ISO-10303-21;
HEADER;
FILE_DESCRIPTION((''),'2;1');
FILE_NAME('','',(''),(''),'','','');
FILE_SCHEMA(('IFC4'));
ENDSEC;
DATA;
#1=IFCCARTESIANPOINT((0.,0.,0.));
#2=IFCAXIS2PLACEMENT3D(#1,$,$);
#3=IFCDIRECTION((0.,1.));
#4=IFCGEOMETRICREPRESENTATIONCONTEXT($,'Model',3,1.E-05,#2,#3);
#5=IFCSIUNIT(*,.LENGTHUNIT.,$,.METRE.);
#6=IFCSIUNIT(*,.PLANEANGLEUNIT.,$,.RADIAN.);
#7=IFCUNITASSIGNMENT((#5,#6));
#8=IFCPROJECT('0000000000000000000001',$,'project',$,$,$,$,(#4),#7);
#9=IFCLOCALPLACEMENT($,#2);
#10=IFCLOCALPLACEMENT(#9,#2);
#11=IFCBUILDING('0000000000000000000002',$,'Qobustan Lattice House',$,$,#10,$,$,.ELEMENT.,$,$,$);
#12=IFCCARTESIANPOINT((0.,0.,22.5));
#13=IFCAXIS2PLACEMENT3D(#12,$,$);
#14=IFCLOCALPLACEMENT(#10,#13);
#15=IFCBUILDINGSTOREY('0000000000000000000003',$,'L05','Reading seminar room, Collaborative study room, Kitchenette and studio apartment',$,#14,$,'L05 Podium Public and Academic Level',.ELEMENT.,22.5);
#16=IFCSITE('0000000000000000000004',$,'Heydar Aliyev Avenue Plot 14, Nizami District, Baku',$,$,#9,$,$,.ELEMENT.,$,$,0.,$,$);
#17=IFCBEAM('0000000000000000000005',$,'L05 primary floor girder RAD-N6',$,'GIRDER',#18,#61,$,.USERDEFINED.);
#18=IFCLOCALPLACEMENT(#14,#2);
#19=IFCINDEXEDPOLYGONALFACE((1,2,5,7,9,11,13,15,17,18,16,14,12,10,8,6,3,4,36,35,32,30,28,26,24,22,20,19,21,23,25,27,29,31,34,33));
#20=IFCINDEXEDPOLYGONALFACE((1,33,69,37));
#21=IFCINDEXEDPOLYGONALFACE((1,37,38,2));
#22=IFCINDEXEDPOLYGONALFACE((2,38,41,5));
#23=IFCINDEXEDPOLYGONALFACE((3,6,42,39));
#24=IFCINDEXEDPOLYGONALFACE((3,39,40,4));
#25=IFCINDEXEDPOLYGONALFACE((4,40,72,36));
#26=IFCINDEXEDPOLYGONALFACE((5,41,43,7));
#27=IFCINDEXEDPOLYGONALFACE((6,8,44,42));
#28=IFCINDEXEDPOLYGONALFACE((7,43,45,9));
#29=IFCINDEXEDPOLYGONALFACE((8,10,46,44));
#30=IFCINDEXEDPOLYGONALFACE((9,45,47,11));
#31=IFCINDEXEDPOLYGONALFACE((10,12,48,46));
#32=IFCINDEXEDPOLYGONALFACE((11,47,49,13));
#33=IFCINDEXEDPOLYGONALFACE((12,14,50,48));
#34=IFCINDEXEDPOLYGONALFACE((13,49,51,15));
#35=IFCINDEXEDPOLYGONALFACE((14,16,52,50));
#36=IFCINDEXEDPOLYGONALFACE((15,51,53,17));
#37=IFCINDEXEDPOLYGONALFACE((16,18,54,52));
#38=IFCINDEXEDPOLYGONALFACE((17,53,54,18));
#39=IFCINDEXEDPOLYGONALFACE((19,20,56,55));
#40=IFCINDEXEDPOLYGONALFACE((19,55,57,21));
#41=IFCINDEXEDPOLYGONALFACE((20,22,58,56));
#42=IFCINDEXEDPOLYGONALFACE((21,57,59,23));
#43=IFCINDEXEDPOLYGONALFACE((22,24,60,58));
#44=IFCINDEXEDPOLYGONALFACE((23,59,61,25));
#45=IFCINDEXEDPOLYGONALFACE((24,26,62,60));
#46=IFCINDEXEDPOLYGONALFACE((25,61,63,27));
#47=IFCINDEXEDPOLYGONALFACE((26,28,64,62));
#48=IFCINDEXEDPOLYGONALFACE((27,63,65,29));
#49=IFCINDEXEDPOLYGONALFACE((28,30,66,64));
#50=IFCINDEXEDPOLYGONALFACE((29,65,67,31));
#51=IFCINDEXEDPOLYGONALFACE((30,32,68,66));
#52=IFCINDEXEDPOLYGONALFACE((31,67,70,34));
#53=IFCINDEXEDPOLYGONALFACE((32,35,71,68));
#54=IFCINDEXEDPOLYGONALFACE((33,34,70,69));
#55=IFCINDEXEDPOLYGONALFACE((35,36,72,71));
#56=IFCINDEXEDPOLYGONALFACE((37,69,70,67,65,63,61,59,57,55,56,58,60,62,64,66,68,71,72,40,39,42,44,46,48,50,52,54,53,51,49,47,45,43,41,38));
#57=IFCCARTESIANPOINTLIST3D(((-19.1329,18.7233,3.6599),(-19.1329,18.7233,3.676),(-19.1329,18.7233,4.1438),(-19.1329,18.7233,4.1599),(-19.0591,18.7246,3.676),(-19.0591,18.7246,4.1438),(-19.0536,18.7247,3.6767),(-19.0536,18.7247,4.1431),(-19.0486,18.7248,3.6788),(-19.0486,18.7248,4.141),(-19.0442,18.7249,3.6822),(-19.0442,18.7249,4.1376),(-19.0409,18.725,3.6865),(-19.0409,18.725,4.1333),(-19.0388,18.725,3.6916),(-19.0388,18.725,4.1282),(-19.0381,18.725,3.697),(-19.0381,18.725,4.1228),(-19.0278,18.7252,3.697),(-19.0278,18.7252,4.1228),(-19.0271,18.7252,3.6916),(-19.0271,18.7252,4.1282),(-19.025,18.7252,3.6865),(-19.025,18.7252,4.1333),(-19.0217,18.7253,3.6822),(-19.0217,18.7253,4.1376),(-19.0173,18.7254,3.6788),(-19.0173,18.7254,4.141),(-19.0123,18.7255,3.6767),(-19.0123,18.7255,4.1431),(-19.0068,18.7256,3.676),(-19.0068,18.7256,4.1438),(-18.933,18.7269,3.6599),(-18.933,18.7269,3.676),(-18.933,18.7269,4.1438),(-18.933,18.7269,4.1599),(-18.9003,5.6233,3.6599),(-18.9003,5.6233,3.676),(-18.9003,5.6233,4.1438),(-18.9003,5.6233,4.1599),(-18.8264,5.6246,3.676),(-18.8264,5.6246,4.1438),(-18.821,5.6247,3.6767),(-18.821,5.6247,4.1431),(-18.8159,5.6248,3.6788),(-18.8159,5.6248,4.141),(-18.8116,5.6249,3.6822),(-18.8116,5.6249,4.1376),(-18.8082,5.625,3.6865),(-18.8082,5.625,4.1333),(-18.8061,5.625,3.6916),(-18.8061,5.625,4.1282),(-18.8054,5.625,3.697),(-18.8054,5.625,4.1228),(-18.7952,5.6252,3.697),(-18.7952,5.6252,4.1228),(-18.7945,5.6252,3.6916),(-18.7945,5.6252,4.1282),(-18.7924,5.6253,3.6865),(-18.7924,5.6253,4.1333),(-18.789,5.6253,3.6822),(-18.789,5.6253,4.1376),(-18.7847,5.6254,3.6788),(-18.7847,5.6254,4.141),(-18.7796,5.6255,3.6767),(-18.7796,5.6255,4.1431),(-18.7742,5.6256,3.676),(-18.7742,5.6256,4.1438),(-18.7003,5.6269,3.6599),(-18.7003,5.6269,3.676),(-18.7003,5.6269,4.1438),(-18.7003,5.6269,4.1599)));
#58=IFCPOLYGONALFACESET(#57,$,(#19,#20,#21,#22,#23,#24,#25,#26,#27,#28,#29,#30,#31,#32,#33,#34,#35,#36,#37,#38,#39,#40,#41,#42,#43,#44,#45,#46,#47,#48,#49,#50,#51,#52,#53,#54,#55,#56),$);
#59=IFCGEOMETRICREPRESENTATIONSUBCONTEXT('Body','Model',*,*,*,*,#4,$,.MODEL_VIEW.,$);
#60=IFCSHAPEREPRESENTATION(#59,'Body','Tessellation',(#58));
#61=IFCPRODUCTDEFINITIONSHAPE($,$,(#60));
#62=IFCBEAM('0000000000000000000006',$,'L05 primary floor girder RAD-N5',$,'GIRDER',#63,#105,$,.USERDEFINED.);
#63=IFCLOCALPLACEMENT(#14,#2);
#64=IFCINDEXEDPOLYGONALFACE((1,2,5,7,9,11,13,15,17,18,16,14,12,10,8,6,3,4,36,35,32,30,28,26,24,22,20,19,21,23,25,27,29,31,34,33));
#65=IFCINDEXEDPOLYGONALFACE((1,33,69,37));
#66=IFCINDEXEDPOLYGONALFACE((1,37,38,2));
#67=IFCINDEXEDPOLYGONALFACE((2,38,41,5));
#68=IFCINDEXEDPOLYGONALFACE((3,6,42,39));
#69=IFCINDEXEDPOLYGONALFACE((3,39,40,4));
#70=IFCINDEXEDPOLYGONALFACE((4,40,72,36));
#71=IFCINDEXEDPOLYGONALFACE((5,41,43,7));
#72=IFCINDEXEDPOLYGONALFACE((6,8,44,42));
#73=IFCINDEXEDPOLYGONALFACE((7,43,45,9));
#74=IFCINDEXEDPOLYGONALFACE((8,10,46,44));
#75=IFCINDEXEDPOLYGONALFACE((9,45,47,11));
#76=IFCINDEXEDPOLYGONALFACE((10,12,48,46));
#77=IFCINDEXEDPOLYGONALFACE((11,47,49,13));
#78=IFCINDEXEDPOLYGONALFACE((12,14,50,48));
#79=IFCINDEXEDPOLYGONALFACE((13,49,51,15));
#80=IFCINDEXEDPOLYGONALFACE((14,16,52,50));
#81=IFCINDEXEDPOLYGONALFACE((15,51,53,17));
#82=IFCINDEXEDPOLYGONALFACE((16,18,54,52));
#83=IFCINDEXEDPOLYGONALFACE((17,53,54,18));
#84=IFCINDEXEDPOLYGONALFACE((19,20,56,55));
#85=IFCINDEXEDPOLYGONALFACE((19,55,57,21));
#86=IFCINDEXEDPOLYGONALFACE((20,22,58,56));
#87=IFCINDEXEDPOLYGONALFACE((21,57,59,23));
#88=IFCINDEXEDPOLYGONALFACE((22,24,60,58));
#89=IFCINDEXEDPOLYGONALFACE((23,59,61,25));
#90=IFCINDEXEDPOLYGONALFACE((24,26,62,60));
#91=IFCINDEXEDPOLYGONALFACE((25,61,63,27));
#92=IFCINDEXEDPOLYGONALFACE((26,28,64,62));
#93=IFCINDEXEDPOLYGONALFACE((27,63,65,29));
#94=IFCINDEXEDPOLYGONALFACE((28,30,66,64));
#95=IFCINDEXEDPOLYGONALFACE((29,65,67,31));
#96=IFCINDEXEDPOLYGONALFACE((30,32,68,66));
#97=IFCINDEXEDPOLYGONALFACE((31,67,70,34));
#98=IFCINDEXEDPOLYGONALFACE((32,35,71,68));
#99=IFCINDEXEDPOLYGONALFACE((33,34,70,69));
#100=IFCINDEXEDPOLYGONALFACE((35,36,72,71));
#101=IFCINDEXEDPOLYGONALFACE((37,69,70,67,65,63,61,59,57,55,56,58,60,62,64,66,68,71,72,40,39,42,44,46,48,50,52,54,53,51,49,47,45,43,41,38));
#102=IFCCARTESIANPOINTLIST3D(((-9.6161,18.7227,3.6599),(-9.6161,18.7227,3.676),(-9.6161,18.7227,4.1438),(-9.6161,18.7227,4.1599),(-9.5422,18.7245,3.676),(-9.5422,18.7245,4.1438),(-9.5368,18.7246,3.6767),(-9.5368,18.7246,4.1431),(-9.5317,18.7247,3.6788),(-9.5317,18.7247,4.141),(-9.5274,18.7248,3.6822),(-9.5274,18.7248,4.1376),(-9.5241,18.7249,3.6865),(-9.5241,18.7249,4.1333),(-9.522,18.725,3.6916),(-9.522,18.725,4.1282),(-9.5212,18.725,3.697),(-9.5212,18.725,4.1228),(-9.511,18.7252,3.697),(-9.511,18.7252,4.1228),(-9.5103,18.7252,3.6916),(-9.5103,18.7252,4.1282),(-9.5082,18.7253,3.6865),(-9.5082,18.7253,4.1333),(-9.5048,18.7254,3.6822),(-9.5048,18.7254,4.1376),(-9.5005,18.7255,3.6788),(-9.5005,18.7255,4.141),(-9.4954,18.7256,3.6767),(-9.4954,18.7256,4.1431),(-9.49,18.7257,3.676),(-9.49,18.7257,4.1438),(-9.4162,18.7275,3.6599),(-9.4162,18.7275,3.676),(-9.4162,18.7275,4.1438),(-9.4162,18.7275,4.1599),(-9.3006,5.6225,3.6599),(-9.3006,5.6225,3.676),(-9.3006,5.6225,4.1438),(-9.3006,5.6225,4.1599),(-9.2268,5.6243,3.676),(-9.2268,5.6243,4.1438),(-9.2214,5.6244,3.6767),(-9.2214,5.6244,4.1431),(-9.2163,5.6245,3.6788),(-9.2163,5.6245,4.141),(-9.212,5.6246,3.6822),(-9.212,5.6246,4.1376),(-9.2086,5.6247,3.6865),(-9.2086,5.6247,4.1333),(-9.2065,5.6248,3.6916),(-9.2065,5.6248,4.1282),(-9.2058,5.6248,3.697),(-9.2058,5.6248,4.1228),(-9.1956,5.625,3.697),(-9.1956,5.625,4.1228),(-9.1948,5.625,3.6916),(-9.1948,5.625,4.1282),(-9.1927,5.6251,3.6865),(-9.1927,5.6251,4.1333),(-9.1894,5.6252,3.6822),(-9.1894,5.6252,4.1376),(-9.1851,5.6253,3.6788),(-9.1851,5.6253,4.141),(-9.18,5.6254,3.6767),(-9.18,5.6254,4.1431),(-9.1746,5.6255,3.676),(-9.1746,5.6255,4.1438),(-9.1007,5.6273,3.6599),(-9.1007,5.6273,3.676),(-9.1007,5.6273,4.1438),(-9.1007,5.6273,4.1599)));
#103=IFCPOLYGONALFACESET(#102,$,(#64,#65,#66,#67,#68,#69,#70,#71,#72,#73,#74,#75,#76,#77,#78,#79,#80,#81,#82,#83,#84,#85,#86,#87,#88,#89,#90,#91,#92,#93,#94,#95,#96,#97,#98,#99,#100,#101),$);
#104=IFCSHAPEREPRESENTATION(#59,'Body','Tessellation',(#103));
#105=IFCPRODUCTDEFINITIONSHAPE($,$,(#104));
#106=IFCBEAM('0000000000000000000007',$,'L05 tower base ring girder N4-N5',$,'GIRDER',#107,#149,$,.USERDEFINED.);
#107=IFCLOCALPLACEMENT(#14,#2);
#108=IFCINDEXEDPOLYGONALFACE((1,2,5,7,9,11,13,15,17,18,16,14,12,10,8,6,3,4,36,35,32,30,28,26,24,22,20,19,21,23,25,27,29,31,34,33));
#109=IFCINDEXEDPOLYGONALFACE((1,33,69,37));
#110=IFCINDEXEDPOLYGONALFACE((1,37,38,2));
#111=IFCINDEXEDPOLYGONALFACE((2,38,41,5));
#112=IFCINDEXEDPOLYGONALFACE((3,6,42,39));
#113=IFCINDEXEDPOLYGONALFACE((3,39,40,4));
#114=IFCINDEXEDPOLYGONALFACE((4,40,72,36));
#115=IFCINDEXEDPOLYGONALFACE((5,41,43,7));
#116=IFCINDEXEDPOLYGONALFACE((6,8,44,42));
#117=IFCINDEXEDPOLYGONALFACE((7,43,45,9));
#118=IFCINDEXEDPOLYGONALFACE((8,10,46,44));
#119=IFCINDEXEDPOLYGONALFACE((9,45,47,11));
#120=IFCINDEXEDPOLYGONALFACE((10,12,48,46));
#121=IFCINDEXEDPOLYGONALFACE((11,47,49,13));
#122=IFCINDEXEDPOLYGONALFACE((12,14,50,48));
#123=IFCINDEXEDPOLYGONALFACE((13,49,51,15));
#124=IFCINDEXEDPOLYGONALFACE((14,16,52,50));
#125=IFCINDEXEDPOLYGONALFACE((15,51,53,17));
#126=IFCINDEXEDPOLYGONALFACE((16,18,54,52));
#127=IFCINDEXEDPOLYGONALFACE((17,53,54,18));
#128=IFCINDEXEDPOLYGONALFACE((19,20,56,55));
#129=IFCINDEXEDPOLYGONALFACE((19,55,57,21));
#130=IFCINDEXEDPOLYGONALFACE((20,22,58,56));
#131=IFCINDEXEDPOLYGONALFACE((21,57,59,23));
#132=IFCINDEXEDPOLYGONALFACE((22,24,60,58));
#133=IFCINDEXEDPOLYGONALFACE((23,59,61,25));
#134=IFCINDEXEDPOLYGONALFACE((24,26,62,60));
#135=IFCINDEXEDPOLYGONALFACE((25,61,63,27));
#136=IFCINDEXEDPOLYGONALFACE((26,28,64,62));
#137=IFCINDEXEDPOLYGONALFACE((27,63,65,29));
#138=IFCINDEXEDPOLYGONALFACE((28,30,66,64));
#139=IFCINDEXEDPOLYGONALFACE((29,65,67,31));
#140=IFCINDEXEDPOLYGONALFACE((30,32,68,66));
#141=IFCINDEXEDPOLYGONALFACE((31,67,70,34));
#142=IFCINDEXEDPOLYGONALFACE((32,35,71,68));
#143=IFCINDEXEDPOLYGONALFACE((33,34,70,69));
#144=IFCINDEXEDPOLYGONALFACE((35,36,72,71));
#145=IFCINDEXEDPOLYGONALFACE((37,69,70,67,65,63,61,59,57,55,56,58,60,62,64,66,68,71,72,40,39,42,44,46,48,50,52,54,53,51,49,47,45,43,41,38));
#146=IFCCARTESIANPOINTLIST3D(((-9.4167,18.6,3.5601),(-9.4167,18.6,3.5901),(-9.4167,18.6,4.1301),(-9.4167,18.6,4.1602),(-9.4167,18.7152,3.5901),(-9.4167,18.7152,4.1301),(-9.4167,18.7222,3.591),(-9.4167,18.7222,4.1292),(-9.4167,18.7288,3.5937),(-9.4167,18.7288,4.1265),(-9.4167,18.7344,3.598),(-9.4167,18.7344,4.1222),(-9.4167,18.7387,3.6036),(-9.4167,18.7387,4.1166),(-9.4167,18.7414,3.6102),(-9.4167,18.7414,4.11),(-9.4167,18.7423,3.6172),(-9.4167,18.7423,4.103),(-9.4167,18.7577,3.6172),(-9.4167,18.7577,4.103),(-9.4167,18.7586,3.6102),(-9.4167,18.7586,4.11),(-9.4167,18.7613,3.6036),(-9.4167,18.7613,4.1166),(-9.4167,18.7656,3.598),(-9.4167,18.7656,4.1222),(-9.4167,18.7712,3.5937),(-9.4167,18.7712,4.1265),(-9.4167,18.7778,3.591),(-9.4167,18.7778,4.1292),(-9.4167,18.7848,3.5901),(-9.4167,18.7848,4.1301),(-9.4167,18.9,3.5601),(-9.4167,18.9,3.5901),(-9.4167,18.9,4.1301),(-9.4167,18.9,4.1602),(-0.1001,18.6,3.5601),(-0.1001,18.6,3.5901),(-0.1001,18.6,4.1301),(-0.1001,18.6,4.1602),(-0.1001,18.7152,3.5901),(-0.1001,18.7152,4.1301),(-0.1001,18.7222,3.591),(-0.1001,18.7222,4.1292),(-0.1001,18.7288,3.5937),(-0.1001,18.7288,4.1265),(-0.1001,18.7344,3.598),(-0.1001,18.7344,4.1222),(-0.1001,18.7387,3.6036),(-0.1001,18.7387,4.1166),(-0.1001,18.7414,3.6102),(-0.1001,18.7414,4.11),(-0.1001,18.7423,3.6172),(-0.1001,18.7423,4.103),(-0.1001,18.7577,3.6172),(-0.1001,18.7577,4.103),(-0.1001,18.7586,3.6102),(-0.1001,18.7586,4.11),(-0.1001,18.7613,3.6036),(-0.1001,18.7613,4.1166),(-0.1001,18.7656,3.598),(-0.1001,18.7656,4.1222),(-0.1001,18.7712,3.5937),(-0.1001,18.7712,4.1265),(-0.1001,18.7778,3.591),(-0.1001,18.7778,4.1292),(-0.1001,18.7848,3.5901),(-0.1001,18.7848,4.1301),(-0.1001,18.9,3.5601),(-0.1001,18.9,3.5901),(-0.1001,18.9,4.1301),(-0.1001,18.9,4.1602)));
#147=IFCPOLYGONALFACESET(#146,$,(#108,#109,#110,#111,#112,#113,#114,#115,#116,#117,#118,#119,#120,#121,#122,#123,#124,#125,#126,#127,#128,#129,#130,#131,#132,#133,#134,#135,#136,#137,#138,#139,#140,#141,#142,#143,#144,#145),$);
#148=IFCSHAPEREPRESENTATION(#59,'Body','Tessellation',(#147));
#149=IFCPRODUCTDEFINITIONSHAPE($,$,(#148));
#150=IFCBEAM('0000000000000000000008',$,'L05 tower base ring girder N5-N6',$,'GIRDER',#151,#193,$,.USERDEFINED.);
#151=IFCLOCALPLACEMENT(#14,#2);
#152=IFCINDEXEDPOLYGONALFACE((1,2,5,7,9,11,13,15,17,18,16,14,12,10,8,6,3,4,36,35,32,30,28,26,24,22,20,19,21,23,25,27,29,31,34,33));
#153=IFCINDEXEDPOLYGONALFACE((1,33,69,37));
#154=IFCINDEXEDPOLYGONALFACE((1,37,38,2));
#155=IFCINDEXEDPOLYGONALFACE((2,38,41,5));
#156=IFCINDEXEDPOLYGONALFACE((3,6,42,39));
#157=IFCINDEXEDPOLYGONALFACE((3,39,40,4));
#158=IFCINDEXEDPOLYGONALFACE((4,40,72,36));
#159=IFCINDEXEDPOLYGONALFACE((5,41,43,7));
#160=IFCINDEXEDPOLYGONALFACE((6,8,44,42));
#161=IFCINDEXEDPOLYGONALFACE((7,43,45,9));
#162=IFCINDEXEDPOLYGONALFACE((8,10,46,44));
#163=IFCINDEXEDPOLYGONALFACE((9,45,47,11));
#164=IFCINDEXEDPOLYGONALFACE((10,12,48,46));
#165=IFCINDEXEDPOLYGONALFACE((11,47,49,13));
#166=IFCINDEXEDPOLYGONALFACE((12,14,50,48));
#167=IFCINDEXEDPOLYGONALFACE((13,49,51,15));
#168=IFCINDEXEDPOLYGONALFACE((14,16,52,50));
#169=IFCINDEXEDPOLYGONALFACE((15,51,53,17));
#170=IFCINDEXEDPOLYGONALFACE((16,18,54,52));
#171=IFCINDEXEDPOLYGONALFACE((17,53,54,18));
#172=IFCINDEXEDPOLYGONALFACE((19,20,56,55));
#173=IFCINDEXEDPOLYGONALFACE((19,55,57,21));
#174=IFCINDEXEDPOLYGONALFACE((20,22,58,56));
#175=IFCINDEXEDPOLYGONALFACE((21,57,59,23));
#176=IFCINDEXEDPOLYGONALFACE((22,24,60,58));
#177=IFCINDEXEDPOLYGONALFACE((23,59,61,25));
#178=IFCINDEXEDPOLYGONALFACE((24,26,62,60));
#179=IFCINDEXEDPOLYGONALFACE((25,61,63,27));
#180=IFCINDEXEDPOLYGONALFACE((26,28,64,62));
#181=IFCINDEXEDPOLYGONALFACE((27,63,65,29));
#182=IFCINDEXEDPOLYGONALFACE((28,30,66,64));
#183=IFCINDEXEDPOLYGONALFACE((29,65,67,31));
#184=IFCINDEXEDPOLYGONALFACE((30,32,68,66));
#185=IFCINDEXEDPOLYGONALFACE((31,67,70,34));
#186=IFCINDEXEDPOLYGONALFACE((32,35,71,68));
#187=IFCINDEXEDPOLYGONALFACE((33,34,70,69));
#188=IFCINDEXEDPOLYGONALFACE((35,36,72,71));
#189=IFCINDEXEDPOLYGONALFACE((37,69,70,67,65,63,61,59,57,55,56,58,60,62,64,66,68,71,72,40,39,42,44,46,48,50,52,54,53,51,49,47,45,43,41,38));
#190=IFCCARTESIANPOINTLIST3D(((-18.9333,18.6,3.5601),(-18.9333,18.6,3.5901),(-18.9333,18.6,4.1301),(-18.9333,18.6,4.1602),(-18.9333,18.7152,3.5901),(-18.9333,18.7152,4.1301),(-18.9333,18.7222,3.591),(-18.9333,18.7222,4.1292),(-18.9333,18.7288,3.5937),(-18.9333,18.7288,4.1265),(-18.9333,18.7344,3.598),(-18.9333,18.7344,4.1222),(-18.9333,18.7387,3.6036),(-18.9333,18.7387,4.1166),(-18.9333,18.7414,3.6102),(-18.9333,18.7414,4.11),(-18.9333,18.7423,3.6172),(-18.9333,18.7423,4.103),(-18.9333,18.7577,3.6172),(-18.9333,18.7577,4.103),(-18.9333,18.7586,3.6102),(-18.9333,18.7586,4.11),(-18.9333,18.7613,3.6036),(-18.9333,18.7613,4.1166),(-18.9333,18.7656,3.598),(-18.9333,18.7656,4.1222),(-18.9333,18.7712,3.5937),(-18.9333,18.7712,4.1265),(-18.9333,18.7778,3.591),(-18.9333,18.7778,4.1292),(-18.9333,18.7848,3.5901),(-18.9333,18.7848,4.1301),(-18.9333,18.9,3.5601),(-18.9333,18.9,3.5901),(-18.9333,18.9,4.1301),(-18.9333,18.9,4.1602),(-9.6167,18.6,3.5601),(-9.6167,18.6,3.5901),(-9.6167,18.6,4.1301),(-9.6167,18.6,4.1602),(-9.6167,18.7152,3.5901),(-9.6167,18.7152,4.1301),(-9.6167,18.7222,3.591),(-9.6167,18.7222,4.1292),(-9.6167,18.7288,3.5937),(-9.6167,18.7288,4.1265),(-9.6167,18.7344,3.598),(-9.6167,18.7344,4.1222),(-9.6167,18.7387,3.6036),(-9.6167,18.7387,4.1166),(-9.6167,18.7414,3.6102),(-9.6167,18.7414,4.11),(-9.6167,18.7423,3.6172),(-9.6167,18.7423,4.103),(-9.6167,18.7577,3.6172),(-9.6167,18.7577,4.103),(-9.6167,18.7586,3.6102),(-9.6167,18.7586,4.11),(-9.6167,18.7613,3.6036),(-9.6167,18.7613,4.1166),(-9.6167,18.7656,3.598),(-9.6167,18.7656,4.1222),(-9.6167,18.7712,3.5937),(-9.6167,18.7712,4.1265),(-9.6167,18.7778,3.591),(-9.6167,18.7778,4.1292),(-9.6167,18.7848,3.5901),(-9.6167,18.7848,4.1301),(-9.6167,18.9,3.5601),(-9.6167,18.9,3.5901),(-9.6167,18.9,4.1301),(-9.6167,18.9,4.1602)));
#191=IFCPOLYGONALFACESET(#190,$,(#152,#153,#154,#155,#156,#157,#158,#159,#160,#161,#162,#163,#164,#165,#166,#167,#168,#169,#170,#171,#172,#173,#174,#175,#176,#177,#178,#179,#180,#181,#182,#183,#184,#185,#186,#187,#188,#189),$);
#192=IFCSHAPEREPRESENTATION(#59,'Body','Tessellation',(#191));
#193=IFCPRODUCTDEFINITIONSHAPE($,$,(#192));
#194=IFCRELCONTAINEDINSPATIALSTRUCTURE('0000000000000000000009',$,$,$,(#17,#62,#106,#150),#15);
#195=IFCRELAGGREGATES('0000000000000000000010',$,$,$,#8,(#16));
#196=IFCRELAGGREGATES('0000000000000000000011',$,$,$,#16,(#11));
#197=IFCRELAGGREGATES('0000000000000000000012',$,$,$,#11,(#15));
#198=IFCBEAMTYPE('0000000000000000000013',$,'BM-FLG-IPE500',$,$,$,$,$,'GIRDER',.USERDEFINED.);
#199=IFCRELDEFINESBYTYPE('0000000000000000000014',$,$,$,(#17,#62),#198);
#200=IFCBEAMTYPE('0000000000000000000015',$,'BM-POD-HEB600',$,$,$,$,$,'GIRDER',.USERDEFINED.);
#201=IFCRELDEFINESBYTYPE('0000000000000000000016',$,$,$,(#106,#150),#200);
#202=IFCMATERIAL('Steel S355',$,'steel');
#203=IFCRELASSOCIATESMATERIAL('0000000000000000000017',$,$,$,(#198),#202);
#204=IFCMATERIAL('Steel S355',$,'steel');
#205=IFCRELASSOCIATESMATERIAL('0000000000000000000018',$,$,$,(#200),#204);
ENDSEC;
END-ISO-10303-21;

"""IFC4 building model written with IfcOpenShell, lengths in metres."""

from ifc_helpers import new_model, si_unit, direction, frame, origin, origin_2d, place, context, subcontext, project, spatial, i_section, extrude, material, material_profile, profile_set, type_object, element, save


model = new_model("IFC4")

# Units and contexts
model_context = context("Model", 3, precision=1e-05, world=origin(), true_north=direction((0.0, 1.0)))
body_context = subcontext(model_context, "Body", "Model", "MODEL_VIEW")
ifc_project = project(units=[si_unit("LENGTHUNIT", "METRE"), si_unit("PLANEANGLEUNIT", "RADIAN")], contexts=[model_context])

# Site, building, storey
site_placement = place(None, origin())
site = spatial("IfcSite", under=ifc_project, at=site_placement, Name="Heydar Aliyev Avenue Plot 14, Nizami District, Baku", CompositionType="ELEMENT", RefElevation=0.0)
building_placement = place(site_placement, origin())
building = spatial("IfcBuilding", under=site, at=building_placement, Name="Qobustan Lattice House", CompositionType="ELEMENT")
storey_placement = place(building_placement, frame((0.0, 0.0, 22.5)))
storey = spatial("IfcBuildingStorey", under=building, at=storey_placement, Name="L05", Description="Reading seminar room, Collaborative study room, Kitchenette and studio apartment", LongName="L05 Podium Public and Academic Level", CompositionType="ELEMENT", Elevation=22.5)

# Beams
ifc_material_1 = material(Name="Steel S355", Category="steel")
ifc_material_profile_1 = material_profile(ifc_material_1, i_section(OverallWidth=0.2, OverallDepth=0.5, WebThickness=0.0103, FlangeThickness=0.0161, FilletRadius=0.021, at=origin_2d()), Name="IPE500")
ifc_profile_set_1 = profile_set([ifc_material_profile_1], Name="Steel S355")
beam_type_1 = type_object("IfcBeamType", Name="BM-FLG-IPE500", ElementType="GIRDER", PredefinedType="USERDEFINED", material=ifc_profile_set_1)
beam_1_placement = place(storey_placement, frame((-19.033, 18.7251, 3.9099), z_axis=(0.017758, -0.999842, 0.0), x_axis=(0.999842, 0.017758, 0.0)))
element("IfcBeam", 1, at=beam_1_placement, inside=storey, type_object=beam_type_1, Name="L05 primary floor girder RAD-N6", ObjectType="GIRDER", PredefinedType="USERDEFINED", context=body_context, shape_type="SweptSolid", body=[
    extrude(i_section(OverallWidth=0.2, OverallDepth=0.5, WebThickness=0.0103, FlangeThickness=0.0161, FilletRadius=0.021, at=origin_2d()), origin(), (0.0, 0.0, 1.0), 13.1021),
])
beam_2_placement = place(storey_placement, frame((-9.5161, 18.7251, 3.9099), z_axis=(0.024071, -0.99971, 0.0), x_axis=(0.99971, 0.024071, 0.0)))
element("IfcBeam", 2, at=beam_2_placement, inside=storey, type_object=beam_type_1, Name="L05 primary floor girder RAD-N5", ObjectType="GIRDER", PredefinedType="USERDEFINED", context=body_context, shape_type="SweptSolid", body=[
    extrude(i_section(OverallWidth=0.2, OverallDepth=0.5, WebThickness=0.0103, FlangeThickness=0.0161, FilletRadius=0.021, at=origin_2d()), origin(), (0.0, 0.0, 1.0), 13.104),
])
ifc_material_2 = material(Name="Steel S355", Category="steel")
ifc_material_profile_2 = material_profile(ifc_material_2, i_section(OverallWidth=0.3, OverallDepth=0.6001, WebThickness=0.0154, FlangeThickness=0.03, FilletRadius=0.0271, at=origin_2d()), Name="HEB600")
ifc_profile_set_2 = profile_set([ifc_material_profile_2], Name="Steel S355")
beam_type_2 = type_object("IfcBeamType", Name="BM-POD-HEB600", ElementType="GIRDER", PredefinedType="USERDEFINED", material=ifc_profile_set_2)
for number, where, z_axis, x_axis, name in (
    (3, (-0.1001, 18.75, 3.8601), (-1.0, 0.0, 0.0), (0.0, -1.0, 0.0), "L05 tower base ring girder N4-N5"),
    (4, (-9.6167, 18.75, 3.8601), (-1.0, 0.0, 0.0), (0.0, -1.0, 0.0), "L05 tower base ring girder N5-N6"),
):
    element("IfcBeam", number, at=place(storey_placement, frame(where, z_axis=z_axis, x_axis=x_axis)), inside=storey, type_object=beam_type_2, Name=name, ObjectType="GIRDER", PredefinedType="USERDEFINED", context=body_context, shape_type="SweptSolid", body=[
        extrude(i_section(OverallWidth=0.3, OverallDepth=0.6001, WebThickness=0.0154, FlangeThickness=0.03, FilletRadius=0.0271, at=origin_2d()), origin(), (0.0, 0.0, 1.0), 9.3167),
    ])

save(model, "model.ifc")
